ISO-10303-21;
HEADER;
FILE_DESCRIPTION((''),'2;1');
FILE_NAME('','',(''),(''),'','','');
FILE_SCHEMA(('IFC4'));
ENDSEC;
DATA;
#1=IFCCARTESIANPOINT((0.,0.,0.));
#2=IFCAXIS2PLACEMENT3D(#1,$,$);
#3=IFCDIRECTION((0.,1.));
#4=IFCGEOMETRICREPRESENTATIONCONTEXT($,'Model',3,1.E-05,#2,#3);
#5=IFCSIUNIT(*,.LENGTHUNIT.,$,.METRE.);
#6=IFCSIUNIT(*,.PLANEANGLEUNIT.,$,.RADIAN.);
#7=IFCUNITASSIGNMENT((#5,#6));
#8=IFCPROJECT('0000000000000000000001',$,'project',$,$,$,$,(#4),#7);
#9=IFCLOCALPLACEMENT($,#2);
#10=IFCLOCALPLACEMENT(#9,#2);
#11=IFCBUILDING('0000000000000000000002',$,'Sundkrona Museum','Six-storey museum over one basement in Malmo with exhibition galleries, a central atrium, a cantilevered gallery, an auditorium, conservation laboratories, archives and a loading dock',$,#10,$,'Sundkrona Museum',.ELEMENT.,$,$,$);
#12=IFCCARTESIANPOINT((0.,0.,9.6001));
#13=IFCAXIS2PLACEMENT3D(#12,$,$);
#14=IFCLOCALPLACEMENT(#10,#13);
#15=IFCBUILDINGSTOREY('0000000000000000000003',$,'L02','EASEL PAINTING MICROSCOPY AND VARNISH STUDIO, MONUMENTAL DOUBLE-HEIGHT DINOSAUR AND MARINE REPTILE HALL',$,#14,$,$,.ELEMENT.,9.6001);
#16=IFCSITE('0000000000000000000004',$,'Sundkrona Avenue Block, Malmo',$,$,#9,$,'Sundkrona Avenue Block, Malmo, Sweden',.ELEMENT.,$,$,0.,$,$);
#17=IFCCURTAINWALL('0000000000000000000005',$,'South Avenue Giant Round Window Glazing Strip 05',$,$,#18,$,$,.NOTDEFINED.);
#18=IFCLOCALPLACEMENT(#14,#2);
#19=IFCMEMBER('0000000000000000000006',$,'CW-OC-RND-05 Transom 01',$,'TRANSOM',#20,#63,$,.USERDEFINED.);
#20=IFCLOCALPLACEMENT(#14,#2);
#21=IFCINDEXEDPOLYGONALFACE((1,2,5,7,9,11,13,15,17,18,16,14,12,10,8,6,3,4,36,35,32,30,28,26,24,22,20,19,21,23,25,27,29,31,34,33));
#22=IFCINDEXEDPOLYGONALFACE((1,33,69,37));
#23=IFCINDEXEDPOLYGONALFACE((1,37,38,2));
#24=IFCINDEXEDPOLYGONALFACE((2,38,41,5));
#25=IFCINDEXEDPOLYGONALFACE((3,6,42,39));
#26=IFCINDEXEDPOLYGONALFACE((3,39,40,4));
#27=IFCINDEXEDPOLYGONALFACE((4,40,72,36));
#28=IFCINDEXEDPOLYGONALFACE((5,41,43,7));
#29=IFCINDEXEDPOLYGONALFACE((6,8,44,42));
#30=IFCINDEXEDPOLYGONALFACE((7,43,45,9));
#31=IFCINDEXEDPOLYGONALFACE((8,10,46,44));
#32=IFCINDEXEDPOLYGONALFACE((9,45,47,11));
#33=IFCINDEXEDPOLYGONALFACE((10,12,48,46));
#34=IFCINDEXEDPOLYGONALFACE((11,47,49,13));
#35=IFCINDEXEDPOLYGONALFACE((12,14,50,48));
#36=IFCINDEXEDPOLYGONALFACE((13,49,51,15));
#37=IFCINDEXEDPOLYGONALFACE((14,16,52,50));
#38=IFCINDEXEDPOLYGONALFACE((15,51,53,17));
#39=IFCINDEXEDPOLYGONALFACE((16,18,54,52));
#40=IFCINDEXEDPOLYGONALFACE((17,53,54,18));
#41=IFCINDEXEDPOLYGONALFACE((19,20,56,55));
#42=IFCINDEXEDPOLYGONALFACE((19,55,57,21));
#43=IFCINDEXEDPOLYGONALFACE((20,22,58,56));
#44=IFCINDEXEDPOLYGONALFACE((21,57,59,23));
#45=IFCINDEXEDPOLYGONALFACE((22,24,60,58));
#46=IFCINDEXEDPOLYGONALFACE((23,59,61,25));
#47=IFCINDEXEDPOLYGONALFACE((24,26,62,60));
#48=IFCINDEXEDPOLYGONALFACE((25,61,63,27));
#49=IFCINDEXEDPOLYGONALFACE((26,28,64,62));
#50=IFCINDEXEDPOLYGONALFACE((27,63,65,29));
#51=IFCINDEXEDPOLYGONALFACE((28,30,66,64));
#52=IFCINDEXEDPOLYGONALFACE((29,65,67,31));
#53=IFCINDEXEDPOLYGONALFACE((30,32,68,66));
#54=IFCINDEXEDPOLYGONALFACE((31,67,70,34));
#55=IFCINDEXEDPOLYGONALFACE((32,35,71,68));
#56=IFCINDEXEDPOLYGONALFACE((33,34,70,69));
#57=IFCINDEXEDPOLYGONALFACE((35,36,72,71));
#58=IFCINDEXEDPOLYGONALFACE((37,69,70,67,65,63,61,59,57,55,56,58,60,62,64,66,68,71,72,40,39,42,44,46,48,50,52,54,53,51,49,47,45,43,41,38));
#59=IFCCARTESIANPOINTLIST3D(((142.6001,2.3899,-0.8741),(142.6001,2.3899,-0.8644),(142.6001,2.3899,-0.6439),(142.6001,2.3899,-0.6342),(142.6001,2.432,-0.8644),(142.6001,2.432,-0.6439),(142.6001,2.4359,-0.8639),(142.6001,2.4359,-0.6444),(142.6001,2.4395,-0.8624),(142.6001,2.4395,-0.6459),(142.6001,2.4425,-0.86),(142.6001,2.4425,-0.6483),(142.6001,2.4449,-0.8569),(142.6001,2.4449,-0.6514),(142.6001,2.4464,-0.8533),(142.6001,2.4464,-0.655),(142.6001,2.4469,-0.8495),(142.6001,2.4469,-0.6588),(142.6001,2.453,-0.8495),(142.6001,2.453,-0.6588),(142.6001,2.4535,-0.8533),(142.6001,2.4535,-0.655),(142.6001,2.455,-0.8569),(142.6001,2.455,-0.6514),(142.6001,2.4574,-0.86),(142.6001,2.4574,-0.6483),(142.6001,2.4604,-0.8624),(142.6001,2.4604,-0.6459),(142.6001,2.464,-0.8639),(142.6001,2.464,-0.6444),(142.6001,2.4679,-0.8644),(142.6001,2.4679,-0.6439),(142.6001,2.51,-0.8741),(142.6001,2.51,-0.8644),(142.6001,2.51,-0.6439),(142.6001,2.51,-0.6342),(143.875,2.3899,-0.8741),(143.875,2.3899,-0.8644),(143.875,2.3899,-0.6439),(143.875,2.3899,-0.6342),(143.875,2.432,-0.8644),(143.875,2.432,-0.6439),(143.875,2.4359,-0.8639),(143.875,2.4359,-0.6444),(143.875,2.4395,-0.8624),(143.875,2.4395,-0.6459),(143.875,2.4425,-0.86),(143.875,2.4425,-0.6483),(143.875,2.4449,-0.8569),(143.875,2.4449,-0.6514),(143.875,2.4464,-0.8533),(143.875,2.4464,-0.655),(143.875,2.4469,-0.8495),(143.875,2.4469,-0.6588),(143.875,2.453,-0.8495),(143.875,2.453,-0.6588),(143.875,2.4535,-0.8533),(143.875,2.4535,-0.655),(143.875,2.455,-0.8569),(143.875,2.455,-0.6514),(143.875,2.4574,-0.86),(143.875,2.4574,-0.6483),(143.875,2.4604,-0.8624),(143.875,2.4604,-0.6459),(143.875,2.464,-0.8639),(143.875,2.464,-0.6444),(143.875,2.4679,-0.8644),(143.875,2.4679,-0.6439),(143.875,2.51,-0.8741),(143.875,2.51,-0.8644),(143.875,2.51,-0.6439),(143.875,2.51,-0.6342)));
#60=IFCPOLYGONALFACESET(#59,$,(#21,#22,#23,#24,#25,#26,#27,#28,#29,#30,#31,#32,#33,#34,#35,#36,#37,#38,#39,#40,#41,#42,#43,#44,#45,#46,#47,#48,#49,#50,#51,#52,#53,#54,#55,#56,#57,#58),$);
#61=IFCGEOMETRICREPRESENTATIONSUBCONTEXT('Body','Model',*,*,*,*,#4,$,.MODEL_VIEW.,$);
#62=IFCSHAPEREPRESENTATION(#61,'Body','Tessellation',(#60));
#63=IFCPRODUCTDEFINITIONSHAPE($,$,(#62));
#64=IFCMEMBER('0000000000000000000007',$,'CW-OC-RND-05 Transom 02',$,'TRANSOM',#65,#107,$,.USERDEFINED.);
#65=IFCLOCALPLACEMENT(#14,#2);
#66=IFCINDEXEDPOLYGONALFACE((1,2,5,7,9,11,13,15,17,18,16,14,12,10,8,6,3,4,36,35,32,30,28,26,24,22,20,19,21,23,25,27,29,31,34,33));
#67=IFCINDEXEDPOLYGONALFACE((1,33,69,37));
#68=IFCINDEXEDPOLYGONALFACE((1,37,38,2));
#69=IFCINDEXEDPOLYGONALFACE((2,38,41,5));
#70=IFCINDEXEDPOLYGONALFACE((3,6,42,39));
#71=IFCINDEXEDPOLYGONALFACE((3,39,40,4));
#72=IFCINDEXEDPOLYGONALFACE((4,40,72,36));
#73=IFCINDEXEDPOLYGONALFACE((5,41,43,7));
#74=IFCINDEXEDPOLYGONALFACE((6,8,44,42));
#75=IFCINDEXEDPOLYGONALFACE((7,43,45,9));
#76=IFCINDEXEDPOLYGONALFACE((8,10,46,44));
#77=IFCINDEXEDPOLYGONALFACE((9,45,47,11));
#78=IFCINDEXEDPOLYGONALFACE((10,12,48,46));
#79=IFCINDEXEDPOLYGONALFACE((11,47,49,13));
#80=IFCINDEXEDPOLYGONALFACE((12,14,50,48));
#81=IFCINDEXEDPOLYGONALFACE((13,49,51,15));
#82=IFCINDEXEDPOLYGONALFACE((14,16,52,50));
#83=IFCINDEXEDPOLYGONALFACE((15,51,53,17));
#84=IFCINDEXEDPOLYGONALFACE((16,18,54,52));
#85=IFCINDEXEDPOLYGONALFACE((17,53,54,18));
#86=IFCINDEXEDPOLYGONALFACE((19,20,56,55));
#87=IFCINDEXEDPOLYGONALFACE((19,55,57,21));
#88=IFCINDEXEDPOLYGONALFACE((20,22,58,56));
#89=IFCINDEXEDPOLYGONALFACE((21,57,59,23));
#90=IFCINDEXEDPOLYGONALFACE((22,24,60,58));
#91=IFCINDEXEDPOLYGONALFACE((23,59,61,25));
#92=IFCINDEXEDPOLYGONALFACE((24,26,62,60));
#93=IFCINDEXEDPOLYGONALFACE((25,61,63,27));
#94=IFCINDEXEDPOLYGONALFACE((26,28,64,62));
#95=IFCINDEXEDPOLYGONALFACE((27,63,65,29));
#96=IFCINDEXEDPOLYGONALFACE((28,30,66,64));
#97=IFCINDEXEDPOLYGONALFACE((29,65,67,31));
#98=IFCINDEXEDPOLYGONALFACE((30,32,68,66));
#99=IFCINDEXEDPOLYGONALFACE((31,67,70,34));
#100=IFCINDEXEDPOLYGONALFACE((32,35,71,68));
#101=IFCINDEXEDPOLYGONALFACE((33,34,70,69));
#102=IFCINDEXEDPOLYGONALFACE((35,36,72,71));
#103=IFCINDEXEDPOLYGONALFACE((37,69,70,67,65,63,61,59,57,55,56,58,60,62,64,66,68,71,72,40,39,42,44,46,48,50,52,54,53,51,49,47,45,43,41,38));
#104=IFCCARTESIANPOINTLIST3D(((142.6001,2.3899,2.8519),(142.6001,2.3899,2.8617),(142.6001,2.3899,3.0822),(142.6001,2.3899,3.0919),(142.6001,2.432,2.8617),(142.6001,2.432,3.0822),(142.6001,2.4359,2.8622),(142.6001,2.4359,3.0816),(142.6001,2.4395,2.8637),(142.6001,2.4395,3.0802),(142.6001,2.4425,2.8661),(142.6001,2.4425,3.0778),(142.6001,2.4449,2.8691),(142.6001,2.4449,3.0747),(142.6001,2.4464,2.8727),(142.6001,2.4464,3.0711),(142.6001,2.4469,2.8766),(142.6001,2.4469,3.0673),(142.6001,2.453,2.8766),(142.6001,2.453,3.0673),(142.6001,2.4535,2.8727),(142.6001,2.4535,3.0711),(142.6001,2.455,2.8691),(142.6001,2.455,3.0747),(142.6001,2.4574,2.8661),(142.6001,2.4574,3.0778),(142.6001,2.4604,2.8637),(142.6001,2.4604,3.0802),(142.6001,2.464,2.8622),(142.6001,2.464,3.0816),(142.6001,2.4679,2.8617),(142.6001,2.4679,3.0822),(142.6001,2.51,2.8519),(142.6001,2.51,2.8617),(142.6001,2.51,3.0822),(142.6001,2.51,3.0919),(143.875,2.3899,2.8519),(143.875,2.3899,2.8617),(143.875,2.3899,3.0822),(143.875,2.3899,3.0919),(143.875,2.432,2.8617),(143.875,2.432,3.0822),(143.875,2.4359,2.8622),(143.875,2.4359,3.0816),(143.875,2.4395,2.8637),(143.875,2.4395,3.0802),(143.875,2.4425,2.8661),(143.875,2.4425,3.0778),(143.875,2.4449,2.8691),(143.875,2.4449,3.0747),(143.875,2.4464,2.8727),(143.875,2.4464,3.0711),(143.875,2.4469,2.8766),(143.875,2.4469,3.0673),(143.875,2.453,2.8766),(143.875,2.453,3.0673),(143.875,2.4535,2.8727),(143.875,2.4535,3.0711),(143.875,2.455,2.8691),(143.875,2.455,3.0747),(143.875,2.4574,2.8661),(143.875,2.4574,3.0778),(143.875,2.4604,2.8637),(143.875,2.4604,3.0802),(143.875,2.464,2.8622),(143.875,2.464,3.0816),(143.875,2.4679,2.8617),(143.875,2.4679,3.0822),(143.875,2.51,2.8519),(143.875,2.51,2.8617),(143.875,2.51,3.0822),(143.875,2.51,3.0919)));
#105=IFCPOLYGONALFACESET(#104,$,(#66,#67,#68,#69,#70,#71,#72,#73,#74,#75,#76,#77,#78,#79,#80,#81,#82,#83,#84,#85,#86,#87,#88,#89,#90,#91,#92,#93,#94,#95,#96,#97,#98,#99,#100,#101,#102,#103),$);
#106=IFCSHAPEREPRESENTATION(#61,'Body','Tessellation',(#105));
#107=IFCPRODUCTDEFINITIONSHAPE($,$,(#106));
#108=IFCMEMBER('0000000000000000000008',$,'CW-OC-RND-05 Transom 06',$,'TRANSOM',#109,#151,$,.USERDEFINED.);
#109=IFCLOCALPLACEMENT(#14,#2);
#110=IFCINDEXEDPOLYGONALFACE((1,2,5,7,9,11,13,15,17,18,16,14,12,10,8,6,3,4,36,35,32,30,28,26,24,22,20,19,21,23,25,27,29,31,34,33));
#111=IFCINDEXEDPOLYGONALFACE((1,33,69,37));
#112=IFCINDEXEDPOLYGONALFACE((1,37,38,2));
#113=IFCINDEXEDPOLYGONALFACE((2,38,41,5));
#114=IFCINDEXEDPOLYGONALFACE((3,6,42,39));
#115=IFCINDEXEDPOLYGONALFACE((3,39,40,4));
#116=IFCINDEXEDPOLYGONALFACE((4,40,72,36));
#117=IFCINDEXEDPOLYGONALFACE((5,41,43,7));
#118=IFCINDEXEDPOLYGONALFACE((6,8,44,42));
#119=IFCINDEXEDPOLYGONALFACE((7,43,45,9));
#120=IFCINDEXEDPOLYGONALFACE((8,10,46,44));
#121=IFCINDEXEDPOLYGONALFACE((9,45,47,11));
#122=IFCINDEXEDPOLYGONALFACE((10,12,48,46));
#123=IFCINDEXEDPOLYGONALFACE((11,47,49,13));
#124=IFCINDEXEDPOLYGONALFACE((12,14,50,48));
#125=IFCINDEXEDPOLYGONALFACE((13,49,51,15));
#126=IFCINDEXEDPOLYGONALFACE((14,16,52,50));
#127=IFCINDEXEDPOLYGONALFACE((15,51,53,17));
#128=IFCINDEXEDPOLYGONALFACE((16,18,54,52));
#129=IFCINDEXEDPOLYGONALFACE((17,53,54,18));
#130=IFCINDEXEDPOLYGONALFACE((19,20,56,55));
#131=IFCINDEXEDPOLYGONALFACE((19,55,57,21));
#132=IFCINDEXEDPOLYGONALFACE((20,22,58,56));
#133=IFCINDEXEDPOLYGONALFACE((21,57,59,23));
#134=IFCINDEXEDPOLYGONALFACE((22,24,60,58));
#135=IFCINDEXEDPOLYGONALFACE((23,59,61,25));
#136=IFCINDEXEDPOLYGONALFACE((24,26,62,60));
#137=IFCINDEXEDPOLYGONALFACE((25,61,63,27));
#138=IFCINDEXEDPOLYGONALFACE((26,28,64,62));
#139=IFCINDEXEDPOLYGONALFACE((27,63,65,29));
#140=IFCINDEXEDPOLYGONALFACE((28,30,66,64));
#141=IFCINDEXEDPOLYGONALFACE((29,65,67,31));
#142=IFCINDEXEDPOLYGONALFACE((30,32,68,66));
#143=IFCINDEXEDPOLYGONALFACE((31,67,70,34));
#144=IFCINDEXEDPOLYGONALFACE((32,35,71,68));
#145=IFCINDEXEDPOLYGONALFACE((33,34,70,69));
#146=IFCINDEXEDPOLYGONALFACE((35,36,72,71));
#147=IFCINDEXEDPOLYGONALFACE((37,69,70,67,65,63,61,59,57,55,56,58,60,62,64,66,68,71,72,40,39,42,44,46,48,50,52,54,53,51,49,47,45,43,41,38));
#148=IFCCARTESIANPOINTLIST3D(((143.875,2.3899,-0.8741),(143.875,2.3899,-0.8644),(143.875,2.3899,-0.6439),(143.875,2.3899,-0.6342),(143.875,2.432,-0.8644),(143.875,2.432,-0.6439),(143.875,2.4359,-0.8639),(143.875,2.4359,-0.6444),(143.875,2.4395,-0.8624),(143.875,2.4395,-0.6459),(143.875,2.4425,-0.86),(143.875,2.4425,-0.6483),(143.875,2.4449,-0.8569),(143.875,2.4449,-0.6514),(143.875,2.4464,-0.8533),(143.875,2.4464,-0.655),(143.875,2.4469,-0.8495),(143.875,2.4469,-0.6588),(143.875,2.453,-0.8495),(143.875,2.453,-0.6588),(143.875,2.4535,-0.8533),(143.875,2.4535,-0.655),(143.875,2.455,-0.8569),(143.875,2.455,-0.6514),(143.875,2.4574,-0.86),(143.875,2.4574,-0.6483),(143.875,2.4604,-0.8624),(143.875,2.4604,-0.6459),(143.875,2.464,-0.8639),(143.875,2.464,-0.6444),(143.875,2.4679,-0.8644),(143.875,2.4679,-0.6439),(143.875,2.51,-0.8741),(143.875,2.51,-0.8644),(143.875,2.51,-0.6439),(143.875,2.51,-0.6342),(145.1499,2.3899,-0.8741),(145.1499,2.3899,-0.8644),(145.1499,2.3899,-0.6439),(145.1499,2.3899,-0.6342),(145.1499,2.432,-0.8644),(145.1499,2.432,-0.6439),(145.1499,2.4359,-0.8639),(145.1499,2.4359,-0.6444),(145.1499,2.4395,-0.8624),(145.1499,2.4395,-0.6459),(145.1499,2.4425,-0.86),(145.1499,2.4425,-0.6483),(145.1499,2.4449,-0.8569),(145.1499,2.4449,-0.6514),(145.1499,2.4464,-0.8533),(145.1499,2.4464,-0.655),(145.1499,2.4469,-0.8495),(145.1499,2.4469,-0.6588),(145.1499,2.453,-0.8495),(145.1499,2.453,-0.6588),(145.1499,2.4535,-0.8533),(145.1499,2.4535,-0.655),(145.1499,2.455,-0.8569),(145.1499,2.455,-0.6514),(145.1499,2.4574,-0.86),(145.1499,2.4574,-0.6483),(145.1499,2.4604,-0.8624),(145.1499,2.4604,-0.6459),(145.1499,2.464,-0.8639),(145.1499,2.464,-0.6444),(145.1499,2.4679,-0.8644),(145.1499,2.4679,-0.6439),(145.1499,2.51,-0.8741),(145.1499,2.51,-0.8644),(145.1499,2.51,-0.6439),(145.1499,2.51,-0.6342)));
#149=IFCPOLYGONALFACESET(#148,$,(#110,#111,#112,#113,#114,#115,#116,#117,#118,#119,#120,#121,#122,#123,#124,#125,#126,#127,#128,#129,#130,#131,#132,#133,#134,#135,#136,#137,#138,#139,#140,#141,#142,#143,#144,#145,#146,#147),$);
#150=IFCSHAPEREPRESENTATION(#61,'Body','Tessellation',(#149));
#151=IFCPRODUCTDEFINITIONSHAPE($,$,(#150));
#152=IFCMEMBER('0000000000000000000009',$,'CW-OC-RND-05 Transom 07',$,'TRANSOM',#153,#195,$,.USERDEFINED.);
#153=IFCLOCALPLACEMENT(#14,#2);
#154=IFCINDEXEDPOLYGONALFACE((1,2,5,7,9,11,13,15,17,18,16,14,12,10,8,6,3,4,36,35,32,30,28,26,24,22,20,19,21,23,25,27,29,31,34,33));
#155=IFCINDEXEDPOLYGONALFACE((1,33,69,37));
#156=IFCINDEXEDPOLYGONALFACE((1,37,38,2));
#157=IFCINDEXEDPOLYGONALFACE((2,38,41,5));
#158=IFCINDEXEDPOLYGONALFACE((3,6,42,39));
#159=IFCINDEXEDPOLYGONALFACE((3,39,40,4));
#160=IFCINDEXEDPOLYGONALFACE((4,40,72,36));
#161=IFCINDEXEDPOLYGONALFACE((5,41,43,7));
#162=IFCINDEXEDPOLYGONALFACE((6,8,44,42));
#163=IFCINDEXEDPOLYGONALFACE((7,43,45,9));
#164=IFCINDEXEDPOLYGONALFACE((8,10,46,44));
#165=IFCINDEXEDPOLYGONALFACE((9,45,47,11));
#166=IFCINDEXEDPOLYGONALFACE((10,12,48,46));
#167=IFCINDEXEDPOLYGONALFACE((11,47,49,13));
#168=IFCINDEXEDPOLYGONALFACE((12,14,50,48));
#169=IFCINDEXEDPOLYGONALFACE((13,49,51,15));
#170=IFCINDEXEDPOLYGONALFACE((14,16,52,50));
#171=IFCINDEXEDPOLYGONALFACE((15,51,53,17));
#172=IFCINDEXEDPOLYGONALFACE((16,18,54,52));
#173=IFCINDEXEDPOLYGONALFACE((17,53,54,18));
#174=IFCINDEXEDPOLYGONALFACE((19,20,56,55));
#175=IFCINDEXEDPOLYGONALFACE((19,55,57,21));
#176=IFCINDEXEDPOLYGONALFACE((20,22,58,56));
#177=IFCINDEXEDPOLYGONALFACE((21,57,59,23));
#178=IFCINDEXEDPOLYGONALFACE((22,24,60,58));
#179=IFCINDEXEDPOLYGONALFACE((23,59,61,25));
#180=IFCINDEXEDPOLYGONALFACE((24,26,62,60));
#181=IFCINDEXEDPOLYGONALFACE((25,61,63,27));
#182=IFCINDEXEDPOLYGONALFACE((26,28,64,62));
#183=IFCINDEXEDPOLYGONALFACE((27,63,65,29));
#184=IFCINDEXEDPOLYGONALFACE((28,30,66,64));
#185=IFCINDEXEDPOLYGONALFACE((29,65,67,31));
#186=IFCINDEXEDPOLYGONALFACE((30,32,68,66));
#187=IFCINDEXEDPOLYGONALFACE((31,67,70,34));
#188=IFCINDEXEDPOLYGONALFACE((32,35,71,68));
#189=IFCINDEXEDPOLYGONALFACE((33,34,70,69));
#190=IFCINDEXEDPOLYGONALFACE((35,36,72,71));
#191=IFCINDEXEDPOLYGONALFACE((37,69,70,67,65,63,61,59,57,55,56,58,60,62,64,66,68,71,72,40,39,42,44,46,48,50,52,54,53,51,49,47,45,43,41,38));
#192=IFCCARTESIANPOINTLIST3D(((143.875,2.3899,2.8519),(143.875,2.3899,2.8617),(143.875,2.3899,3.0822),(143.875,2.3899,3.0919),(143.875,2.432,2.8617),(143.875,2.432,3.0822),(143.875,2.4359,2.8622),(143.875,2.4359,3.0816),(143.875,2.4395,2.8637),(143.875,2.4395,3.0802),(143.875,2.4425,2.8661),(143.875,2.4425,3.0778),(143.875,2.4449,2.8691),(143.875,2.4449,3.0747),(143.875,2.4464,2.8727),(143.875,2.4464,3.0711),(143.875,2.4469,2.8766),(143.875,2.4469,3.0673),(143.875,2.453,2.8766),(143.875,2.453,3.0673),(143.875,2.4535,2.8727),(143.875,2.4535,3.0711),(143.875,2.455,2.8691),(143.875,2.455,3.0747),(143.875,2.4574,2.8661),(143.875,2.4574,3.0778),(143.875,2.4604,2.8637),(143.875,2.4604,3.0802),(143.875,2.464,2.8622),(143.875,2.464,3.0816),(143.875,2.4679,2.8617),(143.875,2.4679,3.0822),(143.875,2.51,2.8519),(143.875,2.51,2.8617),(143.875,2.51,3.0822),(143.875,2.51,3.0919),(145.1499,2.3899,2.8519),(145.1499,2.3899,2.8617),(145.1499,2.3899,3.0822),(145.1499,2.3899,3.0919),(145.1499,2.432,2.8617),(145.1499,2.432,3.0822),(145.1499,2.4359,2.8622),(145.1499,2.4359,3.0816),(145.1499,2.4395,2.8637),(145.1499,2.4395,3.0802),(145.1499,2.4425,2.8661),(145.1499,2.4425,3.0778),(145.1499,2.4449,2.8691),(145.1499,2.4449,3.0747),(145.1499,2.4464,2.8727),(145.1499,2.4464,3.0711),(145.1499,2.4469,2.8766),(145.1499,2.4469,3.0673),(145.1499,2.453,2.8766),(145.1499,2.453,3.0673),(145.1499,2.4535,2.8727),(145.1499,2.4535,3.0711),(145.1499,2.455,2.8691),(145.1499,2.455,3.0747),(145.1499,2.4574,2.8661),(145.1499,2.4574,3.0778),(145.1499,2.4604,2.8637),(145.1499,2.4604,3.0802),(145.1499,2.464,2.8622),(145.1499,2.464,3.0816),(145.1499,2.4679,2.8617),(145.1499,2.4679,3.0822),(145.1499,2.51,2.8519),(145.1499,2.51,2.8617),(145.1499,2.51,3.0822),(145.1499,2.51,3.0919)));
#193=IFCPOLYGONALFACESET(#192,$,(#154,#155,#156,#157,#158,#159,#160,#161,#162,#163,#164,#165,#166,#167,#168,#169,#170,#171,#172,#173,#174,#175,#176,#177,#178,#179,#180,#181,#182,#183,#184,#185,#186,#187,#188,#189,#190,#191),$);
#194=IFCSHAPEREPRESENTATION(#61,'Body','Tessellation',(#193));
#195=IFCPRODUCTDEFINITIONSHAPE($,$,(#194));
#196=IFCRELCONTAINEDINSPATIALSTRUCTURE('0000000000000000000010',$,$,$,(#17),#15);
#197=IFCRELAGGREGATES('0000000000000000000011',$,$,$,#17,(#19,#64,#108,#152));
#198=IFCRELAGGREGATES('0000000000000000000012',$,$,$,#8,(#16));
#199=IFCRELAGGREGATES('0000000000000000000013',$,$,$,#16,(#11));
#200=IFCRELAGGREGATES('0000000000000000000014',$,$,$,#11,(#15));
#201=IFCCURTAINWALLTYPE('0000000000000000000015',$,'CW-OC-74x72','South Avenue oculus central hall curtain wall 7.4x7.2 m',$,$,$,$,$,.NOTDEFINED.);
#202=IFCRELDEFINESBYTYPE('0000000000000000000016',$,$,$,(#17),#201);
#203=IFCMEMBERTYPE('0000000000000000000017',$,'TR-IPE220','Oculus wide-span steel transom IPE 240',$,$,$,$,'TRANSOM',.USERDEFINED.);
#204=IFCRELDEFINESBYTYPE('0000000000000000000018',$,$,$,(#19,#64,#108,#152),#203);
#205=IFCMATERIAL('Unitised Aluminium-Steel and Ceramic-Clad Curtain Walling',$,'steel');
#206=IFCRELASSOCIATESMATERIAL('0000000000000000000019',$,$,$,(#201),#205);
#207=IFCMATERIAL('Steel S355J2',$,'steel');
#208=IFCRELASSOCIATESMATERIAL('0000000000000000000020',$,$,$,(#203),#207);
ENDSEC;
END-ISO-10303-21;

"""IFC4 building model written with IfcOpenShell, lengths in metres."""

from ifc_helpers import new_model, si_unit, direction, frame, origin, origin_2d, place, context, subcontext, project, spatial, i_section, extrude, material, material_profile, profile_set, type_object, element, aggregate, save


model = new_model("IFC4")

# Units and contexts
model_context = context("Model", 3, precision=1e-05, world=origin(), true_north=direction((0.0, 1.0)))
body_context = subcontext(model_context, "Body", "Model", "MODEL_VIEW")
ifc_project = project(units=[si_unit("LENGTHUNIT", "METRE"), si_unit("PLANEANGLEUNIT", "RADIAN")], contexts=[model_context])

# Site, building, storey
site_placement = place(None, origin())
site = spatial("IfcSite", under=ifc_project, at=site_placement, Name="Sundkrona Avenue Block, Malmo", LongName="Sundkrona Avenue Block, Malmo, Sweden", CompositionType="ELEMENT", RefElevation=0.0)
building_placement = place(site_placement, origin())
building = spatial("IfcBuilding", under=site, at=building_placement, Name="Sundkrona Museum", Description="Six-storey museum over one basement in Malmo with exhibition galleries, a central atrium, a cantilevered gallery, an auditorium, conservation laboratories, archives and a loading dock", LongName="Sundkrona Museum", CompositionType="ELEMENT")
storey_placement = place(building_placement, frame((0.0, 0.0, 9.6001)))
storey = spatial("IfcBuildingStorey", under=building, at=storey_placement, Name="L02", Description="EASEL PAINTING MICROSCOPY AND VARNISH STUDIO, MONUMENTAL DOUBLE-HEIGHT DINOSAUR AND MARINE REPTILE HALL", CompositionType="ELEMENT", Elevation=9.6001)

# Shared definitions
ifc_material_1 = material(Name="Steel S355J2", Category="steel")

# Shared definitions
ifc_material_2 = material(Name="Unitised Aluminium-Steel and Ceramic-Clad Curtain Walling", Category="steel")

# Shared definitions
curtain_wall_type_1 = type_object("IfcCurtainWallType", Name="CW-OC-74x72", Description="South Avenue oculus central hall curtain wall 7.4x7.2 m", PredefinedType="NOTDEFINED", material=ifc_material_2)

# Curtain wall
curtain_wall_1_placement = place(storey_placement, origin())
curtain_wall_1 = element("IfcCurtainWall", 1, at=curtain_wall_1_placement, inside=storey, type_object=curtain_wall_type_1, Name="South Avenue Giant Round Window Glazing Strip 05", PredefinedType="NOTDEFINED")

# Members
ifc_material_profile_1 = material_profile(ifc_material_1, i_section(OverallWidth=0.1201, OverallDepth=0.24, WebThickness=0.0061, FlangeThickness=0.0098, FilletRadius=0.0149, at=origin_2d()), Name="IPE 240")
ifc_profile_set_1 = profile_set([ifc_material_profile_1], Name="Steel S355J2")
member_type_1 = type_object("IfcMemberType", Name="TR-IPE220", Description="Oculus wide-span steel transom IPE 240", ElementType="TRANSOM", PredefinedType="USERDEFINED", material=ifc_profile_set_1)
member_1_placement = place(storey_placement, frame((142.6001, 2.45, -0.7542), z_axis=(1.0, 0.0, 0.0), x_axis=(0.0, 1.0, 0.0)))
member_1 = element("IfcMember", 2, at=member_1_placement, type_object=member_type_1, Name="CW-OC-RND-05 Transom 01", ObjectType="TRANSOM", PredefinedType="USERDEFINED", context=body_context, shape_type="SweptSolid", body=[
    extrude(i_section(OverallWidth=0.1201, OverallDepth=0.24, WebThickness=0.0061, FlangeThickness=0.0098, FilletRadius=0.0149, at=origin_2d()), origin(), (0.0, 0.0, 1.0), 1.2749),
])
member_2_placement = place(storey_placement, frame((142.6001, 2.45, 2.9719), z_axis=(1.0, 0.0, 0.0), x_axis=(0.0, 1.0, 0.0)))
member_2 = element("IfcMember", 3, at=member_2_placement, type_object=member_type_1, Name="CW-OC-RND-05 Transom 02", ObjectType="TRANSOM", PredefinedType="USERDEFINED", context=body_context, shape_type="SweptSolid", body=[
    extrude(i_section(OverallWidth=0.1201, OverallDepth=0.24, WebThickness=0.0061, FlangeThickness=0.0098, FilletRadius=0.0149, at=origin_2d()), origin(), (0.0, 0.0, 1.0), 1.2749),
])
member_3_placement = place(storey_placement, frame((143.875, 2.45, -0.7542), z_axis=(1.0, 0.0, 0.0), x_axis=(0.0, 1.0, 0.0)))
member_3 = element("IfcMember", 4, at=member_3_placement, type_object=member_type_1, Name="CW-OC-RND-05 Transom 06", ObjectType="TRANSOM", PredefinedType="USERDEFINED", context=body_context, shape_type="SweptSolid", body=[
    extrude(i_section(OverallWidth=0.1201, OverallDepth=0.24, WebThickness=0.0061, FlangeThickness=0.0098, FilletRadius=0.0149, at=origin_2d()), origin(), (0.0, 0.0, 1.0), 1.2749),
])
member_4_placement = place(storey_placement, frame((143.875, 2.45, 2.9719), z_axis=(1.0, 0.0, 0.0), x_axis=(0.0, 1.0, 0.0)))
member_4 = element("IfcMember", 5, at=member_4_placement, type_object=member_type_1, Name="CW-OC-RND-05 Transom 07", ObjectType="TRANSOM", PredefinedType="USERDEFINED", context=body_context, shape_type="SweptSolid", body=[
    extrude(i_section(OverallWidth=0.1201, OverallDepth=0.24, WebThickness=0.0061, FlangeThickness=0.0098, FilletRadius=0.0149, at=origin_2d()), origin(), (0.0, 0.0, 1.0), 1.2749),
])

aggregate(curtain_wall_1, [member_1, member_2, member_3, member_4])

save(model, "model.ifc")
